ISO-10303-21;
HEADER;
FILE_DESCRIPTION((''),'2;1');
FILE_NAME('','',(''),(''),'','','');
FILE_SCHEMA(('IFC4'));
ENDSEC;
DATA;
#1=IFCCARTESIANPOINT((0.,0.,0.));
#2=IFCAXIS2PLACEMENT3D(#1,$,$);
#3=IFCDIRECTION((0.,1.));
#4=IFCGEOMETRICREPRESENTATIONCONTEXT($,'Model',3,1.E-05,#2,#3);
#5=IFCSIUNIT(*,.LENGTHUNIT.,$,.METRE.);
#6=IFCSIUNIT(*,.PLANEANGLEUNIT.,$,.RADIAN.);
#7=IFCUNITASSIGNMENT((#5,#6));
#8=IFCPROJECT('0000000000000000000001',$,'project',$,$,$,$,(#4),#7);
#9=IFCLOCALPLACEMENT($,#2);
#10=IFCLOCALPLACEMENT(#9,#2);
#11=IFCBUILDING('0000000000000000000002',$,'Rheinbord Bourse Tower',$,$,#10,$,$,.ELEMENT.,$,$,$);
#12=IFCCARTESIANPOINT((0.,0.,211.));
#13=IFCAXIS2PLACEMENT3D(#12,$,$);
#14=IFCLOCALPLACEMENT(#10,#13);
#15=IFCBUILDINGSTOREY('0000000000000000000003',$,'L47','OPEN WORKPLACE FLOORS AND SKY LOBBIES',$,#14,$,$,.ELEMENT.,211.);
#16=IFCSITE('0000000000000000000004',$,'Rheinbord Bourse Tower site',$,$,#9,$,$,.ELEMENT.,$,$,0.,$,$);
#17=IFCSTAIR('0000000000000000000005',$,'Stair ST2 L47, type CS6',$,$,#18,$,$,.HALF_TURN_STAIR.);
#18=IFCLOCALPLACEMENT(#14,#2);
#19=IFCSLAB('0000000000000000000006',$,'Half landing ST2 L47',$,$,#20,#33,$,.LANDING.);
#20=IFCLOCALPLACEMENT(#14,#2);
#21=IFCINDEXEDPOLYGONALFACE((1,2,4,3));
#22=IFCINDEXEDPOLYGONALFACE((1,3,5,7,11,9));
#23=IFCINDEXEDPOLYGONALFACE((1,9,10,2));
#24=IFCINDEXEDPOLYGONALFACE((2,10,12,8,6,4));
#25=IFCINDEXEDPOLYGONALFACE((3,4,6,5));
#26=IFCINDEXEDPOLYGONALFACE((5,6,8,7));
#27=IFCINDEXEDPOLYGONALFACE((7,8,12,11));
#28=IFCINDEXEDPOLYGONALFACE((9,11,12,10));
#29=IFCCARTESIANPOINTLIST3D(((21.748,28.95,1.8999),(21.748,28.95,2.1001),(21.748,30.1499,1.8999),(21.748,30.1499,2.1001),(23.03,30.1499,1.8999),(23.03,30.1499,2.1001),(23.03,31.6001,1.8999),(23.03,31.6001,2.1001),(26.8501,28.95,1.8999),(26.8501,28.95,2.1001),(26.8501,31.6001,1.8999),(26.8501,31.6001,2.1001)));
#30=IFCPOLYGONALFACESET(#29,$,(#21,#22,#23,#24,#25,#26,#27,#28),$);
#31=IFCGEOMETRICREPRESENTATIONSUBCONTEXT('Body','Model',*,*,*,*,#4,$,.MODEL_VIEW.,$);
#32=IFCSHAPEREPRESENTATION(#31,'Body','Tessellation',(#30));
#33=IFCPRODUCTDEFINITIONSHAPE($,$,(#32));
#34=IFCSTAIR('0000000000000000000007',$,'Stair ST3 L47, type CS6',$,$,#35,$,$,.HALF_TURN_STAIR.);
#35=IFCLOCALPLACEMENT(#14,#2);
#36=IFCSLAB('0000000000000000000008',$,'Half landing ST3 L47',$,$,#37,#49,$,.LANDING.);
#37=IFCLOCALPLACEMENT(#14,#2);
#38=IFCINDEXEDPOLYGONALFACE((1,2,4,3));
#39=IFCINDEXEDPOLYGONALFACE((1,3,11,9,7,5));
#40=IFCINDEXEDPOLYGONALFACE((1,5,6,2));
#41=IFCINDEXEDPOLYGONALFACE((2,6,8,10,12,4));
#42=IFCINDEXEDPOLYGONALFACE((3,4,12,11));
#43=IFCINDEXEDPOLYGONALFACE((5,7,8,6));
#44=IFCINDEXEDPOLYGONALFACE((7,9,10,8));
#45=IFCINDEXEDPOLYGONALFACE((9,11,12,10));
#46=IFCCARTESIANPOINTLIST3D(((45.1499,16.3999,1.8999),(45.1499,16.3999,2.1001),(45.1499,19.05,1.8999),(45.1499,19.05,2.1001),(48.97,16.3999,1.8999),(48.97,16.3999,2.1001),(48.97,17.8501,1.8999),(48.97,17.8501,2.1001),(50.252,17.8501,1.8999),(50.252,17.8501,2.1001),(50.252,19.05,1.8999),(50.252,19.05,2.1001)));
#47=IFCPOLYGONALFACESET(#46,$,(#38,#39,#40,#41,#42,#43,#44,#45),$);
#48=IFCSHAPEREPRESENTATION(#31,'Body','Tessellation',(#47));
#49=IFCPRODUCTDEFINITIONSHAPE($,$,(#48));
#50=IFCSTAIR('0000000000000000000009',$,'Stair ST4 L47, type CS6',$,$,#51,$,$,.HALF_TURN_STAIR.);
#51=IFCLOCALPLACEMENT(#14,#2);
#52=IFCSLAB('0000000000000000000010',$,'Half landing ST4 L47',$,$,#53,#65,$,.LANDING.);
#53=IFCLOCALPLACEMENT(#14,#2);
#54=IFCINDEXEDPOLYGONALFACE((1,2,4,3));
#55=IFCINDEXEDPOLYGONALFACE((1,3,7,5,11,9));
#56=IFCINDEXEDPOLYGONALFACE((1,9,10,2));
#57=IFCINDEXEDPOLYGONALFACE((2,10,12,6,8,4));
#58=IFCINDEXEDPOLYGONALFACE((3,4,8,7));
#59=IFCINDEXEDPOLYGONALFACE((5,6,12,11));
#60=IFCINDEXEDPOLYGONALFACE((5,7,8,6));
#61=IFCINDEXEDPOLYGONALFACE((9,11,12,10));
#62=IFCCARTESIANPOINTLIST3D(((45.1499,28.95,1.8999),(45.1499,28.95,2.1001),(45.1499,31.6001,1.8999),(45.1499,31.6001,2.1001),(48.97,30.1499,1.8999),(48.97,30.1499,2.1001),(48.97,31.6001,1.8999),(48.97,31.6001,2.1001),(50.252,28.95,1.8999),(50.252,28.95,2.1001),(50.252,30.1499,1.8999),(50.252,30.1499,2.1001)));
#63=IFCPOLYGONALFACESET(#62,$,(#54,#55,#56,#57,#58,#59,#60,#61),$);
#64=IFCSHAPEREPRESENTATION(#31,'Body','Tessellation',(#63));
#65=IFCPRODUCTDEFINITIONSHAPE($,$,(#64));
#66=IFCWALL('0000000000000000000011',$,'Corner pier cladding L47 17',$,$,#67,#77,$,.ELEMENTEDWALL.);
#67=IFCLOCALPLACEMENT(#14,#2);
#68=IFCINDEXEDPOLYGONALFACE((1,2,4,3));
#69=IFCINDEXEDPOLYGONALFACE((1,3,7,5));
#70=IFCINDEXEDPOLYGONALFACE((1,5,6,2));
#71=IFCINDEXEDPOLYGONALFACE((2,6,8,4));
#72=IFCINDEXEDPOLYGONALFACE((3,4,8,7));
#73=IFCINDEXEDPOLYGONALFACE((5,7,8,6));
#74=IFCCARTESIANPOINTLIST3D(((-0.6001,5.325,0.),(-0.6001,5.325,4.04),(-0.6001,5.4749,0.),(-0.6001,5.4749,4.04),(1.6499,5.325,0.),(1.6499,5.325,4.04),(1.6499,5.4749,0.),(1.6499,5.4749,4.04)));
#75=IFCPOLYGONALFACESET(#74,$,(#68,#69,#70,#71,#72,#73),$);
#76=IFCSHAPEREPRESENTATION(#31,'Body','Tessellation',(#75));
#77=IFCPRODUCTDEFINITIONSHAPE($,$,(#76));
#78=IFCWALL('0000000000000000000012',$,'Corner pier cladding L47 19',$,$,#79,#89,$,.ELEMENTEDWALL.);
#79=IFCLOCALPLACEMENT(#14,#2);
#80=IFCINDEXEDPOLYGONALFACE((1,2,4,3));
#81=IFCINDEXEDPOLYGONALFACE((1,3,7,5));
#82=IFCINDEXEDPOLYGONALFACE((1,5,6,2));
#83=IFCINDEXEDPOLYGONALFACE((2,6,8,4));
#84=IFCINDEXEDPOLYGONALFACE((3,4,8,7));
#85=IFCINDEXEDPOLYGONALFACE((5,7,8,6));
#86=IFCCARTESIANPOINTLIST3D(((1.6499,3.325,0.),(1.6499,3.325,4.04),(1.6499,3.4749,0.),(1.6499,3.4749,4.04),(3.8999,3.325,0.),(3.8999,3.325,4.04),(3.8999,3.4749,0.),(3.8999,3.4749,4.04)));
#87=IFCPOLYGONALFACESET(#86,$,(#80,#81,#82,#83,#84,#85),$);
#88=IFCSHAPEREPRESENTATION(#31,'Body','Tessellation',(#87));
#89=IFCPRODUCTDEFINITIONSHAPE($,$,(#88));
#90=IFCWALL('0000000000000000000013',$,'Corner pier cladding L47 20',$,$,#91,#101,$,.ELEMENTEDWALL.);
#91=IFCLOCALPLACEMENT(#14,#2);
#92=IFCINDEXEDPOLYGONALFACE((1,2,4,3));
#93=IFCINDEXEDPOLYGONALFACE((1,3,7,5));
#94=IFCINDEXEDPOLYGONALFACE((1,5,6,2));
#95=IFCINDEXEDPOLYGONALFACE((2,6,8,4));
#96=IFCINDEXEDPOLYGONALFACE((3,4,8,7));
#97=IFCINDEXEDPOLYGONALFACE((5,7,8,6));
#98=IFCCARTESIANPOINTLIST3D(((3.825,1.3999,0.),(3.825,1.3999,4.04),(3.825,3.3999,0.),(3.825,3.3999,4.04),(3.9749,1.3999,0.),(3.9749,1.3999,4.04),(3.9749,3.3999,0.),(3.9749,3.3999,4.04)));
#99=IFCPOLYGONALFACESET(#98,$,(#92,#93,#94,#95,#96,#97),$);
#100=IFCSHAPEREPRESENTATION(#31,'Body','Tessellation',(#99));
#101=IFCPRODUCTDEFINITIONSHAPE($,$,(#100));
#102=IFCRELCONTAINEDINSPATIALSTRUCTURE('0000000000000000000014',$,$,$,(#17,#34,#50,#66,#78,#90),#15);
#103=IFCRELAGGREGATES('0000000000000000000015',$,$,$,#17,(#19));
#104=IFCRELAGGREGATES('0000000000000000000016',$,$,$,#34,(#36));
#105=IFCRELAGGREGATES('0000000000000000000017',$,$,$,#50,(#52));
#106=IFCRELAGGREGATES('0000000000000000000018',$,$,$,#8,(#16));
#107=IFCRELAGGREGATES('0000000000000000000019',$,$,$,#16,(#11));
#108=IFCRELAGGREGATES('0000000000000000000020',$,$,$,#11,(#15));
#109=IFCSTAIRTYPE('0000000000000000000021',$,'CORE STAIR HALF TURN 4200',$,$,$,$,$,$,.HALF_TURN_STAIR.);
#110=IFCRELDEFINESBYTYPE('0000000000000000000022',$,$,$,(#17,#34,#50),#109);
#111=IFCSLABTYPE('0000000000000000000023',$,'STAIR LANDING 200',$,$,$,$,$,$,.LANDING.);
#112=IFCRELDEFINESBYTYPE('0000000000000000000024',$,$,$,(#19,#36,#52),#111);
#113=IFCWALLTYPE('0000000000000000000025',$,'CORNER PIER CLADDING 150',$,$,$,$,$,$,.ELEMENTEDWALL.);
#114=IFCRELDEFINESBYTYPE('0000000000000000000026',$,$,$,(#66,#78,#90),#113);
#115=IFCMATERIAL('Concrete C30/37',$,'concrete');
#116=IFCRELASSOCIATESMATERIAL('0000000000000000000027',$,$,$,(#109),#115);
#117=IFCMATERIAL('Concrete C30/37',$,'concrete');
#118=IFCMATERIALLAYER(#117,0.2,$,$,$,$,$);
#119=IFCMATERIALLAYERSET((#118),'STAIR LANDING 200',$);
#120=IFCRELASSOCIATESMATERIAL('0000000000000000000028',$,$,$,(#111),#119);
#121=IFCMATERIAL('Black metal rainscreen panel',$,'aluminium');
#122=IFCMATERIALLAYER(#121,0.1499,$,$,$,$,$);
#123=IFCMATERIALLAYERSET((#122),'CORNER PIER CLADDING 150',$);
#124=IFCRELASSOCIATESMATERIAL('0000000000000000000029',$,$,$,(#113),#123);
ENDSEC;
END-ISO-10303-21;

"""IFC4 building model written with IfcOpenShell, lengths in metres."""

from ifc_helpers import new_model, si_unit, direction, frame, frame_2d, origin, place, context, subcontext, project, spatial, polyline, rectangle, outline, extrude, material, layer, layer_set, type_object, element, aggregate, save


model = new_model("IFC4")

# Units and contexts
model_context = context("Model", 3, precision=1e-05, world=origin(), true_north=direction((0.0, 1.0)))
body_context = subcontext(model_context, "Body", "Model", "MODEL_VIEW")
ifc_project = project(units=[si_unit("LENGTHUNIT", "METRE"), si_unit("PLANEANGLEUNIT", "RADIAN")], contexts=[model_context])

# Site, building, storey
site_placement = place(None, origin())
site = spatial("IfcSite", under=ifc_project, at=site_placement, Name="Rheinbord Bourse Tower site", CompositionType="ELEMENT", RefElevation=0.0)
building_placement = place(site_placement, origin())
building = spatial("IfcBuilding", under=site, at=building_placement, Name="Rheinbord Bourse Tower", CompositionType="ELEMENT")
storey_placement = place(building_placement, frame((0.0, 0.0, 211.0)))
storey = spatial("IfcBuildingStorey", under=building, at=storey_placement, Name="L47", Description="OPEN WORKPLACE FLOORS AND SKY LOBBIES", CompositionType="ELEMENT", Elevation=211.0)

# Stairs, slabs
ifc_material_1 = material(Name="Concrete C30/37", Category="concrete")
stair_type = type_object("IfcStairType", Name="CORE STAIR HALF TURN 4200", PredefinedType="HALF_TURN_STAIR", material=ifc_material_1)
ifc_material_2 = material(Name="Concrete C30/37", Category="concrete")
ifc_layer_1 = layer(ifc_material_2, 0.2)
ifc_layer_set_1 = layer_set([ifc_layer_1], Name="STAIR LANDING 200")
slab_type_1 = type_object("IfcSlabType", Name="STAIR LANDING 200", PredefinedType="LANDING", material=ifc_layer_set_1)
stair_1_placement = place(storey_placement, origin())
stair_1 = element("IfcStair", 1, at=stair_1_placement, inside=storey, type_object=stair_type, Name="Stair ST2 L47, type CS6", PredefinedType="HALF_TURN_STAIR")
slab_1_placement = place(storey_placement, frame((0.0, 0.0, 1.8999)))
slab_1 = element("IfcSlab", 2, at=slab_1_placement, type_object=slab_type_1, Name="Half landing ST2 L47", PredefinedType="LANDING", context=body_context, shape_type="SweptSolid", body=[
    extrude(outline(polyline([(21.748, 28.95), (26.8501, 28.95), (26.8501, 31.6001), (23.03, 31.6001), (23.03, 30.1499), (21.748, 30.1499), (21.748, 28.95)])), origin(), (0.0, 0.0, 1.0), 0.2002),
])
aggregate(stair_1, [slab_1])
stair_2_placement = place(storey_placement, origin())
stair_2 = element("IfcStair", 3, at=stair_2_placement, inside=storey, type_object=stair_type, Name="Stair ST3 L47, type CS6", PredefinedType="HALF_TURN_STAIR")
slab_2_placement = place(storey_placement, frame((0.0, 0.0, 1.8999)))
slab_2 = element("IfcSlab", 4, at=slab_2_placement, type_object=slab_type_1, Name="Half landing ST3 L47", PredefinedType="LANDING", context=body_context, shape_type="SweptSolid", body=[
    extrude(outline(polyline([(45.1499, 16.3999), (48.97, 16.3999), (48.97, 17.8501), (50.252, 17.8501), (50.252, 19.05), (45.1499, 19.05), (45.1499, 16.3999)])), origin(), (0.0, 0.0, 1.0), 0.2002),
])
aggregate(stair_2, [slab_2])
stair_3_placement = place(storey_placement, origin())
stair_3 = element("IfcStair", 5, at=stair_3_placement, inside=storey, type_object=stair_type, Name="Stair ST4 L47, type CS6", PredefinedType="HALF_TURN_STAIR")
slab_3_placement = place(storey_placement, frame((0.0, 0.0, 1.8999)))
slab_3 = element("IfcSlab", 6, at=slab_3_placement, type_object=slab_type_1, Name="Half landing ST4 L47", PredefinedType="LANDING", context=body_context, shape_type="SweptSolid", body=[
    extrude(outline(polyline([(45.1499, 28.95), (50.252, 28.95), (50.252, 30.1499), (48.97, 30.1499), (48.97, 31.6001), (45.1499, 31.6001), (45.1499, 28.95)])), origin(), (0.0, 0.0, 1.0), 0.2002),
])
aggregate(stair_3, [slab_3])

# Walls
ifc_material_3 = material(Name="Black metal rainscreen panel", Category="aluminium")
ifc_layer_2 = layer(ifc_material_3, 0.1499)
ifc_layer_set_2 = layer_set([ifc_layer_2], Name="CORNER PIER CLADDING 150")
wall_type = type_object("IfcWallType", Name="CORNER PIER CLADDING 150", PredefinedType="ELEMENTEDWALL", material=ifc_layer_set_2)
for number, where, z_axis, x_axis, name in (
    (7, (-0.6001, 5.3999, 0.0), (0.0, 0.0, 1.0), (1.0, 0.0, 0.0), "Corner pier cladding L47 17"),
    (8, (1.6499, 3.3999, 0.0), (0.0, 0.0, 1.0), (1.0, 0.0, 0.0), "Corner pier cladding L47 19"),
):
    element("IfcWall", number, at=place(storey_placement, frame(where, z_axis=z_axis, x_axis=x_axis)), inside=storey, type_object=wall_type, Name=name, PredefinedType="ELEMENTEDWALL", context=body_context, shape_type="SweptSolid", body=[
        extrude(rectangle(XDim=2.25, YDim=0.1499, at=frame_2d((1.125, 0.0))), origin(), (0.0, 0.0, 1.0), 4.04),
    ])
wall_placement = place(storey_placement, frame((3.8999, 3.3999, 0.0), z_axis=(0.0, 0.0, 1.0), x_axis=(0.0, -1.0, 0.0)))
element("IfcWall", 9, at=wall_placement, inside=storey, type_object=wall_type, Name="Corner pier cladding L47 20", PredefinedType="ELEMENTEDWALL", context=body_context, shape_type="SweptSolid", body=[
    extrude(rectangle(XDim=2.0, YDim=0.1499, at=frame_2d((1.0, 0.0))), origin(), (0.0, 0.0, 1.0), 4.04),
])

save(model, "model.ifc")
